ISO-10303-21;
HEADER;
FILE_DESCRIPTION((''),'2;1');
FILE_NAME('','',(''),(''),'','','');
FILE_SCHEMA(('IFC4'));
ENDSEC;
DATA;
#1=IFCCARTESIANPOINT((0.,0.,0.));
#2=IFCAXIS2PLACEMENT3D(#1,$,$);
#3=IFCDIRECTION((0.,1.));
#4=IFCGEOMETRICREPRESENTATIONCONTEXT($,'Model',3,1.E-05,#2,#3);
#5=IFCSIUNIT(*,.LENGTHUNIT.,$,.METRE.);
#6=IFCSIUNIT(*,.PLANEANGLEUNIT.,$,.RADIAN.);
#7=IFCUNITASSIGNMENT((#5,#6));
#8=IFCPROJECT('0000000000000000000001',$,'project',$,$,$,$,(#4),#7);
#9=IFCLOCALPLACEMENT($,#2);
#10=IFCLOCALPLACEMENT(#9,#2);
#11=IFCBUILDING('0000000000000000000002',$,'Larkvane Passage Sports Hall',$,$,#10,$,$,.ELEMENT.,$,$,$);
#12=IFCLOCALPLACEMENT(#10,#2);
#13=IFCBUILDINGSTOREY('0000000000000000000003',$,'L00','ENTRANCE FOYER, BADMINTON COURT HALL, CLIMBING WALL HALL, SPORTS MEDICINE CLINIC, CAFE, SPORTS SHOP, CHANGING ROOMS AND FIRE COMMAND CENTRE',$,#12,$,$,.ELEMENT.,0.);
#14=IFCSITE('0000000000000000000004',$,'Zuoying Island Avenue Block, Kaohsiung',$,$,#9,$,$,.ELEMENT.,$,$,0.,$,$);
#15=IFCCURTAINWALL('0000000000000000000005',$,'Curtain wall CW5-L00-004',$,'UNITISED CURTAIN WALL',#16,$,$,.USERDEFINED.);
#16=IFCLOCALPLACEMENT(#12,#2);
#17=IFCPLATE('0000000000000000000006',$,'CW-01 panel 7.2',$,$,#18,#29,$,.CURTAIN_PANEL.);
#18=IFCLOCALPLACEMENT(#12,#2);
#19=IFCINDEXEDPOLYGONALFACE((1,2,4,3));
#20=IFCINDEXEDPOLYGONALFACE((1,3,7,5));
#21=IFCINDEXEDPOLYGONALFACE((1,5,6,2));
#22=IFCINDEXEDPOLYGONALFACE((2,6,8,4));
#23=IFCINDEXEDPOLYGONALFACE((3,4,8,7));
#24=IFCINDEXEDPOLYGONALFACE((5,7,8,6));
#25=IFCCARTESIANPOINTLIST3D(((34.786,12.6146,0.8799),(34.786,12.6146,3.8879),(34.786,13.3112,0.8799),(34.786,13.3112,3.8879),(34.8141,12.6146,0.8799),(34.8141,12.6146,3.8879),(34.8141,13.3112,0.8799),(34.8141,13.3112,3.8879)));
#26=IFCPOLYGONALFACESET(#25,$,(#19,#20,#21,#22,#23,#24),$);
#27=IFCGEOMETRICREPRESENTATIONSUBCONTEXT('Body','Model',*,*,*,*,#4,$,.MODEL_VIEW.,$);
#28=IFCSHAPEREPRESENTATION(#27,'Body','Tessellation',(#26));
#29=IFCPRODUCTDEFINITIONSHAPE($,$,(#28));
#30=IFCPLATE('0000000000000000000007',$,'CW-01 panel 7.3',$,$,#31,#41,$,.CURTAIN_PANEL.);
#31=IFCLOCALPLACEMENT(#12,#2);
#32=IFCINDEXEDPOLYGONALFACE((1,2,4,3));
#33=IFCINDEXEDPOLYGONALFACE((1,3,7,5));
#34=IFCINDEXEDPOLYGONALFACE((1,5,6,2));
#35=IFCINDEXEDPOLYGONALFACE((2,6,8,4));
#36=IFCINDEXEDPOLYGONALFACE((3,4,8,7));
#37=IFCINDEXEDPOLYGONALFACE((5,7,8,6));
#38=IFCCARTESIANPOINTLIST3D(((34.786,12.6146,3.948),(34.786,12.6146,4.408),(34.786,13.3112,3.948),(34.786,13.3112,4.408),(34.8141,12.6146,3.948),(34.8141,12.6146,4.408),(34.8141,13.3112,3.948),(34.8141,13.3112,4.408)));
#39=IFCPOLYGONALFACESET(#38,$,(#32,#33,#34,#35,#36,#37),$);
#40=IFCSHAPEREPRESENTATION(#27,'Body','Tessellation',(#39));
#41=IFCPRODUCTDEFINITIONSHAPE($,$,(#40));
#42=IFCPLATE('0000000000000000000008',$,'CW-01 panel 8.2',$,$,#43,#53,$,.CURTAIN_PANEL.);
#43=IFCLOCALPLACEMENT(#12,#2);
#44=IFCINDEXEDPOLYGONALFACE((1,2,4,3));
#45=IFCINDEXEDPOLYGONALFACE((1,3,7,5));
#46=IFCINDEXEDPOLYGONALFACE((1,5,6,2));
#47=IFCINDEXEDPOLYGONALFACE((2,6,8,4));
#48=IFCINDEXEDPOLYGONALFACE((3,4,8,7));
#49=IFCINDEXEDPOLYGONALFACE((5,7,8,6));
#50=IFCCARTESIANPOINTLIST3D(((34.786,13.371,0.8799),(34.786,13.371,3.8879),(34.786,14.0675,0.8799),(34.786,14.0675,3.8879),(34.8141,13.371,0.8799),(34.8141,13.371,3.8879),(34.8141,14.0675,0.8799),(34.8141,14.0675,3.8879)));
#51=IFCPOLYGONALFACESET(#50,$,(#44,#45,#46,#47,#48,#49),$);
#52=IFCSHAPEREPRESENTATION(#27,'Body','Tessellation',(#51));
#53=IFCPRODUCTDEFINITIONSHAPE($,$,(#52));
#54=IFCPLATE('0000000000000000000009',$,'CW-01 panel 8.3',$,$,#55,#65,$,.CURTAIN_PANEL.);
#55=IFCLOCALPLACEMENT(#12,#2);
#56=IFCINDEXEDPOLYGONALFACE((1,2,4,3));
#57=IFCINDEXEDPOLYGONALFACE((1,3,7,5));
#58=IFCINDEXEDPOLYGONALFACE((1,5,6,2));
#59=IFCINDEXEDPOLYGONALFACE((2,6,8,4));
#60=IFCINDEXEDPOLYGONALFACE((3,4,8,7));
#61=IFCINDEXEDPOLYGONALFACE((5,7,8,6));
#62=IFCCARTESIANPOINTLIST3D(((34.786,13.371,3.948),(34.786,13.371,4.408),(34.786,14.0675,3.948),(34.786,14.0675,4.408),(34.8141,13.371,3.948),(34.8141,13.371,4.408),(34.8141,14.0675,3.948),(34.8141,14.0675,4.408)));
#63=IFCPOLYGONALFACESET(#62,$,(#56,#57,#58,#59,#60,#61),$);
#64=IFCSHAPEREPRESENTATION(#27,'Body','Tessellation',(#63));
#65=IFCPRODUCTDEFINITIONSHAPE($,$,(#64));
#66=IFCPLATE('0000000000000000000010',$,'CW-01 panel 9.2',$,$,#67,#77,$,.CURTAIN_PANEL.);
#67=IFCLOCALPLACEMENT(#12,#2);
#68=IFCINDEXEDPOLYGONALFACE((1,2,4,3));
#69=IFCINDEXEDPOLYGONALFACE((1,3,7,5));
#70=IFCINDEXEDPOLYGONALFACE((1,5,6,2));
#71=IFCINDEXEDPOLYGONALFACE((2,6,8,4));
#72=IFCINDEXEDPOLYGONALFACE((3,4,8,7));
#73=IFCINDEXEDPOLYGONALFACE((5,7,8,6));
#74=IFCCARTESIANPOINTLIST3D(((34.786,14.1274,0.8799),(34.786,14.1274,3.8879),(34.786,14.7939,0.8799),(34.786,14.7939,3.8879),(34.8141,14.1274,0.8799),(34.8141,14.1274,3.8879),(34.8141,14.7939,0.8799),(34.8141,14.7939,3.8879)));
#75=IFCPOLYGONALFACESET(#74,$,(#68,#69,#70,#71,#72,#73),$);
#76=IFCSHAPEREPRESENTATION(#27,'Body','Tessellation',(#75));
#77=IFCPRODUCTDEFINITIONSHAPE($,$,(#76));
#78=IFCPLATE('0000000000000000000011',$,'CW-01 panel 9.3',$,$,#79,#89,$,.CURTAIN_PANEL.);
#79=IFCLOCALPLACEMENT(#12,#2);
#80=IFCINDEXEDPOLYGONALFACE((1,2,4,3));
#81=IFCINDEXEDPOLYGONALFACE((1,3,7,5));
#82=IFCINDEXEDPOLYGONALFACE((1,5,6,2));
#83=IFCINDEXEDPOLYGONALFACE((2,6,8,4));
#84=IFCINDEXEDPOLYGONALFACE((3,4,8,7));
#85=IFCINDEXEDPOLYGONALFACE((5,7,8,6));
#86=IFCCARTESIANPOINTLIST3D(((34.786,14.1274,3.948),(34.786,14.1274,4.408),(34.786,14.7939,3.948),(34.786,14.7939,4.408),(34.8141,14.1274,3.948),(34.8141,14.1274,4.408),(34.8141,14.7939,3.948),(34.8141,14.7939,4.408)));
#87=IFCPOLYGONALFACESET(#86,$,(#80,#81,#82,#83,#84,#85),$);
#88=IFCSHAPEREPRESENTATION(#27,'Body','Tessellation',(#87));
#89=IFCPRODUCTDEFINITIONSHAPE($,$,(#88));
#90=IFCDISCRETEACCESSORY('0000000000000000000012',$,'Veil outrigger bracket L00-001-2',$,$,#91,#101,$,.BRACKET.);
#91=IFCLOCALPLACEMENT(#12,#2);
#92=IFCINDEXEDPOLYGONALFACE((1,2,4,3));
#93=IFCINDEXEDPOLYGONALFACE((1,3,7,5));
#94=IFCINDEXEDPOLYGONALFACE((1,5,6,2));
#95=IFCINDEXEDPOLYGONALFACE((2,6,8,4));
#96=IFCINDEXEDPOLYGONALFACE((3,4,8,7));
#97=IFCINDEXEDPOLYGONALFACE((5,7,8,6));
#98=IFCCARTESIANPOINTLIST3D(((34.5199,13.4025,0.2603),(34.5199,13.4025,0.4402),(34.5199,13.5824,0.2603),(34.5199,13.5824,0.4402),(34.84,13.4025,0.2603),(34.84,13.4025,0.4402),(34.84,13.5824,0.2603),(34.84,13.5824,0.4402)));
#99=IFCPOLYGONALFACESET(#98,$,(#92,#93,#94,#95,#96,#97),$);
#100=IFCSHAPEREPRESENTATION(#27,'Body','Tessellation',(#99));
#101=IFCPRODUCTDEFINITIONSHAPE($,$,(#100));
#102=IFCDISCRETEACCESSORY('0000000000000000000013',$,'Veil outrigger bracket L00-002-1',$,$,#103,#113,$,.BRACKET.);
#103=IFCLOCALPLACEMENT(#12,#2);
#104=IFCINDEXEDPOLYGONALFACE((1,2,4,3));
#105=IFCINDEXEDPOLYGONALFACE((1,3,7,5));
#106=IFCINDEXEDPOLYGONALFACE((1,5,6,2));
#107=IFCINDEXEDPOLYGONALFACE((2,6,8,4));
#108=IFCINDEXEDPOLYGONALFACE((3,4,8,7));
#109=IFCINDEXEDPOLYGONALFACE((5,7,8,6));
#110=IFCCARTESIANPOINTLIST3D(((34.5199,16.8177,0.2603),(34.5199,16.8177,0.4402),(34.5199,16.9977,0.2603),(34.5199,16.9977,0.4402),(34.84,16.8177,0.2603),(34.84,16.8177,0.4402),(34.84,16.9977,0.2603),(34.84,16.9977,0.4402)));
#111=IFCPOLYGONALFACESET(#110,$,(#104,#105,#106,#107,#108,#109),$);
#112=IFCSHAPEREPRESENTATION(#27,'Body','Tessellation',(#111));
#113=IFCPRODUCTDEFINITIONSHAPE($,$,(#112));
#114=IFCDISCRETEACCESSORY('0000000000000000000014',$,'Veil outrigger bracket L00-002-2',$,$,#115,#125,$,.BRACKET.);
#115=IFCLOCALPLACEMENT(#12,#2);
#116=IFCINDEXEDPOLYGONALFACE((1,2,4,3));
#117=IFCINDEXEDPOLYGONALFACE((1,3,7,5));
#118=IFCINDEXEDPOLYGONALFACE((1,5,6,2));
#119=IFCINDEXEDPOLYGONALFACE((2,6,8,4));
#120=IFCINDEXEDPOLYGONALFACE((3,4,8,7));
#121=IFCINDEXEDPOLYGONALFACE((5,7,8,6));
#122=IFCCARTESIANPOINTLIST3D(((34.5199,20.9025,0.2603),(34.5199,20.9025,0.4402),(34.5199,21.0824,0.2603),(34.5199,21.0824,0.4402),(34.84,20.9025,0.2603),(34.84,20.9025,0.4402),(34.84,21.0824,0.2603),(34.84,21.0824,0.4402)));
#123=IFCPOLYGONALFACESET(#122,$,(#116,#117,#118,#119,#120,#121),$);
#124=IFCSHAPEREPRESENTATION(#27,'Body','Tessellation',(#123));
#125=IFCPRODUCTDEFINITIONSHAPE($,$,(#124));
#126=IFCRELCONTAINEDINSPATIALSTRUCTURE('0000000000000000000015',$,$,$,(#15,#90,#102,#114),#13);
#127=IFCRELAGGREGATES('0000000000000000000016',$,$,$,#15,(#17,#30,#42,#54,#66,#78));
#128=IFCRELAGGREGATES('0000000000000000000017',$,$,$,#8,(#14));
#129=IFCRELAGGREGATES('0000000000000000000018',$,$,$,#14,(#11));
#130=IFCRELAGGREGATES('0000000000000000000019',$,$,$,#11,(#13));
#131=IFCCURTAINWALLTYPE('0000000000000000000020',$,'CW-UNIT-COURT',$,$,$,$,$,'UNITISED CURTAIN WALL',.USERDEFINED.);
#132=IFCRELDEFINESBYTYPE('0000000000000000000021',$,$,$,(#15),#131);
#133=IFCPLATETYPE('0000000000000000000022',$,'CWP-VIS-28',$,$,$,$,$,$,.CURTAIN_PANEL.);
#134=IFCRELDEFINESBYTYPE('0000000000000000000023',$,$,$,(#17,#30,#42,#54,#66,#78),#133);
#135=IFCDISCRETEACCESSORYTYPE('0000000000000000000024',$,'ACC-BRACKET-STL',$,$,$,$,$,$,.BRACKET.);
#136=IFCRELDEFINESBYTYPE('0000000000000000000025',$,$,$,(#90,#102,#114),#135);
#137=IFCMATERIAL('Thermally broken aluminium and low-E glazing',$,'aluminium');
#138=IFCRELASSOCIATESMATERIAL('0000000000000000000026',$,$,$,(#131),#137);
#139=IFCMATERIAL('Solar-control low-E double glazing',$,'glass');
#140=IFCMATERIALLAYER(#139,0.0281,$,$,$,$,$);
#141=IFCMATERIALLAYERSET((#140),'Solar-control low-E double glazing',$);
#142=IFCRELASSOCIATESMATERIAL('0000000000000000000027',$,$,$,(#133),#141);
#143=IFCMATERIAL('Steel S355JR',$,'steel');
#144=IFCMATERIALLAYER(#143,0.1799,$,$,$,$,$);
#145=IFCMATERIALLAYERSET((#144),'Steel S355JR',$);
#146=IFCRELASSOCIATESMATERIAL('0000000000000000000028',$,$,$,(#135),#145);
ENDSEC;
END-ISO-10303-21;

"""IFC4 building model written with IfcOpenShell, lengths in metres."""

from ifc_helpers import new_model, si_unit, direction, frame, origin, origin_2d, place, context, subcontext, project, spatial, rectangle, extrude, material, layer, layer_set, type_object, element, aggregate, save


model = new_model("IFC4")

# Units and contexts
model_context = context("Model", 3, precision=1e-05, world=origin(), true_north=direction((0.0, 1.0)))
body_context = subcontext(model_context, "Body", "Model", "MODEL_VIEW")
ifc_project = project(units=[si_unit("LENGTHUNIT", "METRE"), si_unit("PLANEANGLEUNIT", "RADIAN")], contexts=[model_context])

# Site, building, storey
site_placement = place(None, origin())
site = spatial("IfcSite", under=ifc_project, at=site_placement, Name="Zuoying Island Avenue Block, Kaohsiung", CompositionType="ELEMENT", RefElevation=0.0)
building_placement = place(site_placement, origin())
building = spatial("IfcBuilding", under=site, at=building_placement, Name="Larkvane Passage Sports Hall", CompositionType="ELEMENT")
storey_placement = place(building_placement, origin())
storey = spatial("IfcBuildingStorey", under=building, at=storey_placement, Name="L00", Description="ENTRANCE FOYER, BADMINTON COURT HALL, CLIMBING WALL HALL, SPORTS MEDICINE CLINIC, CAFE, SPORTS SHOP, CHANGING ROOMS AND FIRE COMMAND CENTRE", CompositionType="ELEMENT", Elevation=0.0)

# Curtain wall, plates
ifc_material_1 = material(Name="Thermally broken aluminium and low-E glazing", Category="aluminium")
curtain_wall_type = type_object("IfcCurtainWallType", Name="CW-UNIT-COURT", ElementType="UNITISED CURTAIN WALL", PredefinedType="USERDEFINED", material=ifc_material_1)
curtain_wall_placement = place(storey_placement, origin())
curtain_wall = element("IfcCurtainWall", 1, at=curtain_wall_placement, inside=storey, type_object=curtain_wall_type, Name="Curtain wall CW5-L00-004", ObjectType="UNITISED CURTAIN WALL", PredefinedType="USERDEFINED")
ifc_material_2 = material(Name="Solar-control low-E double glazing", Category="glass")
ifc_layer_1 = layer(ifc_material_2, 0.0281)
ifc_layer_set_1 = layer_set([ifc_layer_1], Name="Solar-control low-E double glazing")
plate_type_1 = type_object("IfcPlateType", Name="CWP-VIS-28", PredefinedType="CURTAIN_PANEL", material=ifc_layer_set_1)
plate_1_placement = place(storey_placement, frame((34.8, 12.9629, 0.8799), z_axis=(0.0, 0.0, 1.0), x_axis=(0.0, 1.0, 0.0)))
plate_1 = element("IfcPlate", 2, at=plate_1_placement, type_object=plate_type_1, Name="CW-01 panel 7.2", PredefinedType="CURTAIN_PANEL", context=body_context, shape_type="SweptSolid", body=[
    extrude(rectangle(XDim=0.6965, YDim=0.0281, at=origin_2d()), origin(), (0.0, 0.0, 1.0), 3.0081),
])
plate_2_placement = place(storey_placement, frame((34.8, 12.9629, 3.948), z_axis=(0.0, 0.0, 1.0), x_axis=(0.0, 1.0, 0.0)))
plate_2 = element("IfcPlate", 3, at=plate_2_placement, type_object=plate_type_1, Name="CW-01 panel 7.3", PredefinedType="CURTAIN_PANEL", context=body_context, shape_type="SweptSolid", body=[
    extrude(rectangle(XDim=0.6965, YDim=0.0281, at=origin_2d()), origin(), (0.0, 0.0, 1.0), 0.46),
])
plate_3_placement = place(storey_placement, frame((34.8, 13.7192, 0.8799), z_axis=(0.0, 0.0, 1.0), x_axis=(0.0, 1.0, 0.0)))
plate_3 = element("IfcPlate", 4, at=plate_3_placement, type_object=plate_type_1, Name="CW-01 panel 8.2", PredefinedType="CURTAIN_PANEL", context=body_context, shape_type="SweptSolid", body=[
    extrude(rectangle(XDim=0.6965, YDim=0.0281, at=origin_2d()), origin(), (0.0, 0.0, 1.0), 3.0081),
])
plate_4_placement = place(storey_placement, frame((34.8, 13.7192, 3.948), z_axis=(0.0, 0.0, 1.0), x_axis=(0.0, 1.0, 0.0)))
plate_4 = element("IfcPlate", 5, at=plate_4_placement, type_object=plate_type_1, Name="CW-01 panel 8.3", PredefinedType="CURTAIN_PANEL", context=body_context, shape_type="SweptSolid", body=[
    extrude(rectangle(XDim=0.6965, YDim=0.0281, at=origin_2d()), origin(), (0.0, 0.0, 1.0), 0.46),
])
plate_5_placement = place(storey_placement, frame((34.8, 14.4607, 0.8799), z_axis=(0.0, 0.0, 1.0), x_axis=(0.0, 1.0, 0.0)))
plate_5 = element("IfcPlate", 6, at=plate_5_placement, type_object=plate_type_1, Name="CW-01 panel 9.2", PredefinedType="CURTAIN_PANEL", context=body_context, shape_type="SweptSolid", body=[
    extrude(rectangle(XDim=0.6665, YDim=0.0281, at=origin_2d()), origin(), (0.0, 0.0, 1.0), 3.0081),
])
plate_6_placement = place(storey_placement, frame((34.8, 14.4607, 3.948), z_axis=(0.0, 0.0, 1.0), x_axis=(0.0, 1.0, 0.0)))
plate_6 = element("IfcPlate", 7, at=plate_6_placement, type_object=plate_type_1, Name="CW-01 panel 9.3", PredefinedType="CURTAIN_PANEL", context=body_context, shape_type="SweptSolid", body=[
    extrude(rectangle(XDim=0.6665, YDim=0.0281, at=origin_2d()), origin(), (0.0, 0.0, 1.0), 0.46),
])
aggregate(curtain_wall, [plate_1, plate_2, plate_3, plate_4, plate_5, plate_6])

# Discrete accessories
ifc_material_3 = material(Name="Steel S355JR", Category="steel")
ifc_layer_2 = layer(ifc_material_3, 0.1799)
ifc_layer_set_2 = layer_set([ifc_layer_2], Name="Steel S355JR")
discrete_accessory_type = type_object("IfcDiscreteAccessoryType", Name="ACC-BRACKET-STL", PredefinedType="BRACKET", material=ifc_layer_set_2)
for number, where, z_axis, x_axis, name in (
    (8, (34.6799, 13.4924, 0.2603), (0.0, 0.0, 1.0), (0.0, 1.0, 0.0), "Veil outrigger bracket L00-001-2"),
    (9, (34.6799, 16.9077, 0.2603), (0.0, 0.0, 1.0), (0.0, 1.0, 0.0), "Veil outrigger bracket L00-002-1"),
    (10, (34.6799, 20.9924, 0.2603), (0.0, 0.0, 1.0), (0.0, 1.0, 0.0), "Veil outrigger bracket L00-002-2"),
):
    element("IfcDiscreteAccessory", number, at=place(storey_placement, frame(where, z_axis=z_axis, x_axis=x_axis)), inside=storey, type_object=discrete_accessory_type, Name=name, PredefinedType="BRACKET", context=body_context, shape_type="SweptSolid", body=[
        extrude(rectangle(XDim=0.1799, YDim=0.3201, at=origin_2d()), origin(), (0.0, 0.0, 1.0), 0.1799),
    ])

save(model, "model.ifc")
